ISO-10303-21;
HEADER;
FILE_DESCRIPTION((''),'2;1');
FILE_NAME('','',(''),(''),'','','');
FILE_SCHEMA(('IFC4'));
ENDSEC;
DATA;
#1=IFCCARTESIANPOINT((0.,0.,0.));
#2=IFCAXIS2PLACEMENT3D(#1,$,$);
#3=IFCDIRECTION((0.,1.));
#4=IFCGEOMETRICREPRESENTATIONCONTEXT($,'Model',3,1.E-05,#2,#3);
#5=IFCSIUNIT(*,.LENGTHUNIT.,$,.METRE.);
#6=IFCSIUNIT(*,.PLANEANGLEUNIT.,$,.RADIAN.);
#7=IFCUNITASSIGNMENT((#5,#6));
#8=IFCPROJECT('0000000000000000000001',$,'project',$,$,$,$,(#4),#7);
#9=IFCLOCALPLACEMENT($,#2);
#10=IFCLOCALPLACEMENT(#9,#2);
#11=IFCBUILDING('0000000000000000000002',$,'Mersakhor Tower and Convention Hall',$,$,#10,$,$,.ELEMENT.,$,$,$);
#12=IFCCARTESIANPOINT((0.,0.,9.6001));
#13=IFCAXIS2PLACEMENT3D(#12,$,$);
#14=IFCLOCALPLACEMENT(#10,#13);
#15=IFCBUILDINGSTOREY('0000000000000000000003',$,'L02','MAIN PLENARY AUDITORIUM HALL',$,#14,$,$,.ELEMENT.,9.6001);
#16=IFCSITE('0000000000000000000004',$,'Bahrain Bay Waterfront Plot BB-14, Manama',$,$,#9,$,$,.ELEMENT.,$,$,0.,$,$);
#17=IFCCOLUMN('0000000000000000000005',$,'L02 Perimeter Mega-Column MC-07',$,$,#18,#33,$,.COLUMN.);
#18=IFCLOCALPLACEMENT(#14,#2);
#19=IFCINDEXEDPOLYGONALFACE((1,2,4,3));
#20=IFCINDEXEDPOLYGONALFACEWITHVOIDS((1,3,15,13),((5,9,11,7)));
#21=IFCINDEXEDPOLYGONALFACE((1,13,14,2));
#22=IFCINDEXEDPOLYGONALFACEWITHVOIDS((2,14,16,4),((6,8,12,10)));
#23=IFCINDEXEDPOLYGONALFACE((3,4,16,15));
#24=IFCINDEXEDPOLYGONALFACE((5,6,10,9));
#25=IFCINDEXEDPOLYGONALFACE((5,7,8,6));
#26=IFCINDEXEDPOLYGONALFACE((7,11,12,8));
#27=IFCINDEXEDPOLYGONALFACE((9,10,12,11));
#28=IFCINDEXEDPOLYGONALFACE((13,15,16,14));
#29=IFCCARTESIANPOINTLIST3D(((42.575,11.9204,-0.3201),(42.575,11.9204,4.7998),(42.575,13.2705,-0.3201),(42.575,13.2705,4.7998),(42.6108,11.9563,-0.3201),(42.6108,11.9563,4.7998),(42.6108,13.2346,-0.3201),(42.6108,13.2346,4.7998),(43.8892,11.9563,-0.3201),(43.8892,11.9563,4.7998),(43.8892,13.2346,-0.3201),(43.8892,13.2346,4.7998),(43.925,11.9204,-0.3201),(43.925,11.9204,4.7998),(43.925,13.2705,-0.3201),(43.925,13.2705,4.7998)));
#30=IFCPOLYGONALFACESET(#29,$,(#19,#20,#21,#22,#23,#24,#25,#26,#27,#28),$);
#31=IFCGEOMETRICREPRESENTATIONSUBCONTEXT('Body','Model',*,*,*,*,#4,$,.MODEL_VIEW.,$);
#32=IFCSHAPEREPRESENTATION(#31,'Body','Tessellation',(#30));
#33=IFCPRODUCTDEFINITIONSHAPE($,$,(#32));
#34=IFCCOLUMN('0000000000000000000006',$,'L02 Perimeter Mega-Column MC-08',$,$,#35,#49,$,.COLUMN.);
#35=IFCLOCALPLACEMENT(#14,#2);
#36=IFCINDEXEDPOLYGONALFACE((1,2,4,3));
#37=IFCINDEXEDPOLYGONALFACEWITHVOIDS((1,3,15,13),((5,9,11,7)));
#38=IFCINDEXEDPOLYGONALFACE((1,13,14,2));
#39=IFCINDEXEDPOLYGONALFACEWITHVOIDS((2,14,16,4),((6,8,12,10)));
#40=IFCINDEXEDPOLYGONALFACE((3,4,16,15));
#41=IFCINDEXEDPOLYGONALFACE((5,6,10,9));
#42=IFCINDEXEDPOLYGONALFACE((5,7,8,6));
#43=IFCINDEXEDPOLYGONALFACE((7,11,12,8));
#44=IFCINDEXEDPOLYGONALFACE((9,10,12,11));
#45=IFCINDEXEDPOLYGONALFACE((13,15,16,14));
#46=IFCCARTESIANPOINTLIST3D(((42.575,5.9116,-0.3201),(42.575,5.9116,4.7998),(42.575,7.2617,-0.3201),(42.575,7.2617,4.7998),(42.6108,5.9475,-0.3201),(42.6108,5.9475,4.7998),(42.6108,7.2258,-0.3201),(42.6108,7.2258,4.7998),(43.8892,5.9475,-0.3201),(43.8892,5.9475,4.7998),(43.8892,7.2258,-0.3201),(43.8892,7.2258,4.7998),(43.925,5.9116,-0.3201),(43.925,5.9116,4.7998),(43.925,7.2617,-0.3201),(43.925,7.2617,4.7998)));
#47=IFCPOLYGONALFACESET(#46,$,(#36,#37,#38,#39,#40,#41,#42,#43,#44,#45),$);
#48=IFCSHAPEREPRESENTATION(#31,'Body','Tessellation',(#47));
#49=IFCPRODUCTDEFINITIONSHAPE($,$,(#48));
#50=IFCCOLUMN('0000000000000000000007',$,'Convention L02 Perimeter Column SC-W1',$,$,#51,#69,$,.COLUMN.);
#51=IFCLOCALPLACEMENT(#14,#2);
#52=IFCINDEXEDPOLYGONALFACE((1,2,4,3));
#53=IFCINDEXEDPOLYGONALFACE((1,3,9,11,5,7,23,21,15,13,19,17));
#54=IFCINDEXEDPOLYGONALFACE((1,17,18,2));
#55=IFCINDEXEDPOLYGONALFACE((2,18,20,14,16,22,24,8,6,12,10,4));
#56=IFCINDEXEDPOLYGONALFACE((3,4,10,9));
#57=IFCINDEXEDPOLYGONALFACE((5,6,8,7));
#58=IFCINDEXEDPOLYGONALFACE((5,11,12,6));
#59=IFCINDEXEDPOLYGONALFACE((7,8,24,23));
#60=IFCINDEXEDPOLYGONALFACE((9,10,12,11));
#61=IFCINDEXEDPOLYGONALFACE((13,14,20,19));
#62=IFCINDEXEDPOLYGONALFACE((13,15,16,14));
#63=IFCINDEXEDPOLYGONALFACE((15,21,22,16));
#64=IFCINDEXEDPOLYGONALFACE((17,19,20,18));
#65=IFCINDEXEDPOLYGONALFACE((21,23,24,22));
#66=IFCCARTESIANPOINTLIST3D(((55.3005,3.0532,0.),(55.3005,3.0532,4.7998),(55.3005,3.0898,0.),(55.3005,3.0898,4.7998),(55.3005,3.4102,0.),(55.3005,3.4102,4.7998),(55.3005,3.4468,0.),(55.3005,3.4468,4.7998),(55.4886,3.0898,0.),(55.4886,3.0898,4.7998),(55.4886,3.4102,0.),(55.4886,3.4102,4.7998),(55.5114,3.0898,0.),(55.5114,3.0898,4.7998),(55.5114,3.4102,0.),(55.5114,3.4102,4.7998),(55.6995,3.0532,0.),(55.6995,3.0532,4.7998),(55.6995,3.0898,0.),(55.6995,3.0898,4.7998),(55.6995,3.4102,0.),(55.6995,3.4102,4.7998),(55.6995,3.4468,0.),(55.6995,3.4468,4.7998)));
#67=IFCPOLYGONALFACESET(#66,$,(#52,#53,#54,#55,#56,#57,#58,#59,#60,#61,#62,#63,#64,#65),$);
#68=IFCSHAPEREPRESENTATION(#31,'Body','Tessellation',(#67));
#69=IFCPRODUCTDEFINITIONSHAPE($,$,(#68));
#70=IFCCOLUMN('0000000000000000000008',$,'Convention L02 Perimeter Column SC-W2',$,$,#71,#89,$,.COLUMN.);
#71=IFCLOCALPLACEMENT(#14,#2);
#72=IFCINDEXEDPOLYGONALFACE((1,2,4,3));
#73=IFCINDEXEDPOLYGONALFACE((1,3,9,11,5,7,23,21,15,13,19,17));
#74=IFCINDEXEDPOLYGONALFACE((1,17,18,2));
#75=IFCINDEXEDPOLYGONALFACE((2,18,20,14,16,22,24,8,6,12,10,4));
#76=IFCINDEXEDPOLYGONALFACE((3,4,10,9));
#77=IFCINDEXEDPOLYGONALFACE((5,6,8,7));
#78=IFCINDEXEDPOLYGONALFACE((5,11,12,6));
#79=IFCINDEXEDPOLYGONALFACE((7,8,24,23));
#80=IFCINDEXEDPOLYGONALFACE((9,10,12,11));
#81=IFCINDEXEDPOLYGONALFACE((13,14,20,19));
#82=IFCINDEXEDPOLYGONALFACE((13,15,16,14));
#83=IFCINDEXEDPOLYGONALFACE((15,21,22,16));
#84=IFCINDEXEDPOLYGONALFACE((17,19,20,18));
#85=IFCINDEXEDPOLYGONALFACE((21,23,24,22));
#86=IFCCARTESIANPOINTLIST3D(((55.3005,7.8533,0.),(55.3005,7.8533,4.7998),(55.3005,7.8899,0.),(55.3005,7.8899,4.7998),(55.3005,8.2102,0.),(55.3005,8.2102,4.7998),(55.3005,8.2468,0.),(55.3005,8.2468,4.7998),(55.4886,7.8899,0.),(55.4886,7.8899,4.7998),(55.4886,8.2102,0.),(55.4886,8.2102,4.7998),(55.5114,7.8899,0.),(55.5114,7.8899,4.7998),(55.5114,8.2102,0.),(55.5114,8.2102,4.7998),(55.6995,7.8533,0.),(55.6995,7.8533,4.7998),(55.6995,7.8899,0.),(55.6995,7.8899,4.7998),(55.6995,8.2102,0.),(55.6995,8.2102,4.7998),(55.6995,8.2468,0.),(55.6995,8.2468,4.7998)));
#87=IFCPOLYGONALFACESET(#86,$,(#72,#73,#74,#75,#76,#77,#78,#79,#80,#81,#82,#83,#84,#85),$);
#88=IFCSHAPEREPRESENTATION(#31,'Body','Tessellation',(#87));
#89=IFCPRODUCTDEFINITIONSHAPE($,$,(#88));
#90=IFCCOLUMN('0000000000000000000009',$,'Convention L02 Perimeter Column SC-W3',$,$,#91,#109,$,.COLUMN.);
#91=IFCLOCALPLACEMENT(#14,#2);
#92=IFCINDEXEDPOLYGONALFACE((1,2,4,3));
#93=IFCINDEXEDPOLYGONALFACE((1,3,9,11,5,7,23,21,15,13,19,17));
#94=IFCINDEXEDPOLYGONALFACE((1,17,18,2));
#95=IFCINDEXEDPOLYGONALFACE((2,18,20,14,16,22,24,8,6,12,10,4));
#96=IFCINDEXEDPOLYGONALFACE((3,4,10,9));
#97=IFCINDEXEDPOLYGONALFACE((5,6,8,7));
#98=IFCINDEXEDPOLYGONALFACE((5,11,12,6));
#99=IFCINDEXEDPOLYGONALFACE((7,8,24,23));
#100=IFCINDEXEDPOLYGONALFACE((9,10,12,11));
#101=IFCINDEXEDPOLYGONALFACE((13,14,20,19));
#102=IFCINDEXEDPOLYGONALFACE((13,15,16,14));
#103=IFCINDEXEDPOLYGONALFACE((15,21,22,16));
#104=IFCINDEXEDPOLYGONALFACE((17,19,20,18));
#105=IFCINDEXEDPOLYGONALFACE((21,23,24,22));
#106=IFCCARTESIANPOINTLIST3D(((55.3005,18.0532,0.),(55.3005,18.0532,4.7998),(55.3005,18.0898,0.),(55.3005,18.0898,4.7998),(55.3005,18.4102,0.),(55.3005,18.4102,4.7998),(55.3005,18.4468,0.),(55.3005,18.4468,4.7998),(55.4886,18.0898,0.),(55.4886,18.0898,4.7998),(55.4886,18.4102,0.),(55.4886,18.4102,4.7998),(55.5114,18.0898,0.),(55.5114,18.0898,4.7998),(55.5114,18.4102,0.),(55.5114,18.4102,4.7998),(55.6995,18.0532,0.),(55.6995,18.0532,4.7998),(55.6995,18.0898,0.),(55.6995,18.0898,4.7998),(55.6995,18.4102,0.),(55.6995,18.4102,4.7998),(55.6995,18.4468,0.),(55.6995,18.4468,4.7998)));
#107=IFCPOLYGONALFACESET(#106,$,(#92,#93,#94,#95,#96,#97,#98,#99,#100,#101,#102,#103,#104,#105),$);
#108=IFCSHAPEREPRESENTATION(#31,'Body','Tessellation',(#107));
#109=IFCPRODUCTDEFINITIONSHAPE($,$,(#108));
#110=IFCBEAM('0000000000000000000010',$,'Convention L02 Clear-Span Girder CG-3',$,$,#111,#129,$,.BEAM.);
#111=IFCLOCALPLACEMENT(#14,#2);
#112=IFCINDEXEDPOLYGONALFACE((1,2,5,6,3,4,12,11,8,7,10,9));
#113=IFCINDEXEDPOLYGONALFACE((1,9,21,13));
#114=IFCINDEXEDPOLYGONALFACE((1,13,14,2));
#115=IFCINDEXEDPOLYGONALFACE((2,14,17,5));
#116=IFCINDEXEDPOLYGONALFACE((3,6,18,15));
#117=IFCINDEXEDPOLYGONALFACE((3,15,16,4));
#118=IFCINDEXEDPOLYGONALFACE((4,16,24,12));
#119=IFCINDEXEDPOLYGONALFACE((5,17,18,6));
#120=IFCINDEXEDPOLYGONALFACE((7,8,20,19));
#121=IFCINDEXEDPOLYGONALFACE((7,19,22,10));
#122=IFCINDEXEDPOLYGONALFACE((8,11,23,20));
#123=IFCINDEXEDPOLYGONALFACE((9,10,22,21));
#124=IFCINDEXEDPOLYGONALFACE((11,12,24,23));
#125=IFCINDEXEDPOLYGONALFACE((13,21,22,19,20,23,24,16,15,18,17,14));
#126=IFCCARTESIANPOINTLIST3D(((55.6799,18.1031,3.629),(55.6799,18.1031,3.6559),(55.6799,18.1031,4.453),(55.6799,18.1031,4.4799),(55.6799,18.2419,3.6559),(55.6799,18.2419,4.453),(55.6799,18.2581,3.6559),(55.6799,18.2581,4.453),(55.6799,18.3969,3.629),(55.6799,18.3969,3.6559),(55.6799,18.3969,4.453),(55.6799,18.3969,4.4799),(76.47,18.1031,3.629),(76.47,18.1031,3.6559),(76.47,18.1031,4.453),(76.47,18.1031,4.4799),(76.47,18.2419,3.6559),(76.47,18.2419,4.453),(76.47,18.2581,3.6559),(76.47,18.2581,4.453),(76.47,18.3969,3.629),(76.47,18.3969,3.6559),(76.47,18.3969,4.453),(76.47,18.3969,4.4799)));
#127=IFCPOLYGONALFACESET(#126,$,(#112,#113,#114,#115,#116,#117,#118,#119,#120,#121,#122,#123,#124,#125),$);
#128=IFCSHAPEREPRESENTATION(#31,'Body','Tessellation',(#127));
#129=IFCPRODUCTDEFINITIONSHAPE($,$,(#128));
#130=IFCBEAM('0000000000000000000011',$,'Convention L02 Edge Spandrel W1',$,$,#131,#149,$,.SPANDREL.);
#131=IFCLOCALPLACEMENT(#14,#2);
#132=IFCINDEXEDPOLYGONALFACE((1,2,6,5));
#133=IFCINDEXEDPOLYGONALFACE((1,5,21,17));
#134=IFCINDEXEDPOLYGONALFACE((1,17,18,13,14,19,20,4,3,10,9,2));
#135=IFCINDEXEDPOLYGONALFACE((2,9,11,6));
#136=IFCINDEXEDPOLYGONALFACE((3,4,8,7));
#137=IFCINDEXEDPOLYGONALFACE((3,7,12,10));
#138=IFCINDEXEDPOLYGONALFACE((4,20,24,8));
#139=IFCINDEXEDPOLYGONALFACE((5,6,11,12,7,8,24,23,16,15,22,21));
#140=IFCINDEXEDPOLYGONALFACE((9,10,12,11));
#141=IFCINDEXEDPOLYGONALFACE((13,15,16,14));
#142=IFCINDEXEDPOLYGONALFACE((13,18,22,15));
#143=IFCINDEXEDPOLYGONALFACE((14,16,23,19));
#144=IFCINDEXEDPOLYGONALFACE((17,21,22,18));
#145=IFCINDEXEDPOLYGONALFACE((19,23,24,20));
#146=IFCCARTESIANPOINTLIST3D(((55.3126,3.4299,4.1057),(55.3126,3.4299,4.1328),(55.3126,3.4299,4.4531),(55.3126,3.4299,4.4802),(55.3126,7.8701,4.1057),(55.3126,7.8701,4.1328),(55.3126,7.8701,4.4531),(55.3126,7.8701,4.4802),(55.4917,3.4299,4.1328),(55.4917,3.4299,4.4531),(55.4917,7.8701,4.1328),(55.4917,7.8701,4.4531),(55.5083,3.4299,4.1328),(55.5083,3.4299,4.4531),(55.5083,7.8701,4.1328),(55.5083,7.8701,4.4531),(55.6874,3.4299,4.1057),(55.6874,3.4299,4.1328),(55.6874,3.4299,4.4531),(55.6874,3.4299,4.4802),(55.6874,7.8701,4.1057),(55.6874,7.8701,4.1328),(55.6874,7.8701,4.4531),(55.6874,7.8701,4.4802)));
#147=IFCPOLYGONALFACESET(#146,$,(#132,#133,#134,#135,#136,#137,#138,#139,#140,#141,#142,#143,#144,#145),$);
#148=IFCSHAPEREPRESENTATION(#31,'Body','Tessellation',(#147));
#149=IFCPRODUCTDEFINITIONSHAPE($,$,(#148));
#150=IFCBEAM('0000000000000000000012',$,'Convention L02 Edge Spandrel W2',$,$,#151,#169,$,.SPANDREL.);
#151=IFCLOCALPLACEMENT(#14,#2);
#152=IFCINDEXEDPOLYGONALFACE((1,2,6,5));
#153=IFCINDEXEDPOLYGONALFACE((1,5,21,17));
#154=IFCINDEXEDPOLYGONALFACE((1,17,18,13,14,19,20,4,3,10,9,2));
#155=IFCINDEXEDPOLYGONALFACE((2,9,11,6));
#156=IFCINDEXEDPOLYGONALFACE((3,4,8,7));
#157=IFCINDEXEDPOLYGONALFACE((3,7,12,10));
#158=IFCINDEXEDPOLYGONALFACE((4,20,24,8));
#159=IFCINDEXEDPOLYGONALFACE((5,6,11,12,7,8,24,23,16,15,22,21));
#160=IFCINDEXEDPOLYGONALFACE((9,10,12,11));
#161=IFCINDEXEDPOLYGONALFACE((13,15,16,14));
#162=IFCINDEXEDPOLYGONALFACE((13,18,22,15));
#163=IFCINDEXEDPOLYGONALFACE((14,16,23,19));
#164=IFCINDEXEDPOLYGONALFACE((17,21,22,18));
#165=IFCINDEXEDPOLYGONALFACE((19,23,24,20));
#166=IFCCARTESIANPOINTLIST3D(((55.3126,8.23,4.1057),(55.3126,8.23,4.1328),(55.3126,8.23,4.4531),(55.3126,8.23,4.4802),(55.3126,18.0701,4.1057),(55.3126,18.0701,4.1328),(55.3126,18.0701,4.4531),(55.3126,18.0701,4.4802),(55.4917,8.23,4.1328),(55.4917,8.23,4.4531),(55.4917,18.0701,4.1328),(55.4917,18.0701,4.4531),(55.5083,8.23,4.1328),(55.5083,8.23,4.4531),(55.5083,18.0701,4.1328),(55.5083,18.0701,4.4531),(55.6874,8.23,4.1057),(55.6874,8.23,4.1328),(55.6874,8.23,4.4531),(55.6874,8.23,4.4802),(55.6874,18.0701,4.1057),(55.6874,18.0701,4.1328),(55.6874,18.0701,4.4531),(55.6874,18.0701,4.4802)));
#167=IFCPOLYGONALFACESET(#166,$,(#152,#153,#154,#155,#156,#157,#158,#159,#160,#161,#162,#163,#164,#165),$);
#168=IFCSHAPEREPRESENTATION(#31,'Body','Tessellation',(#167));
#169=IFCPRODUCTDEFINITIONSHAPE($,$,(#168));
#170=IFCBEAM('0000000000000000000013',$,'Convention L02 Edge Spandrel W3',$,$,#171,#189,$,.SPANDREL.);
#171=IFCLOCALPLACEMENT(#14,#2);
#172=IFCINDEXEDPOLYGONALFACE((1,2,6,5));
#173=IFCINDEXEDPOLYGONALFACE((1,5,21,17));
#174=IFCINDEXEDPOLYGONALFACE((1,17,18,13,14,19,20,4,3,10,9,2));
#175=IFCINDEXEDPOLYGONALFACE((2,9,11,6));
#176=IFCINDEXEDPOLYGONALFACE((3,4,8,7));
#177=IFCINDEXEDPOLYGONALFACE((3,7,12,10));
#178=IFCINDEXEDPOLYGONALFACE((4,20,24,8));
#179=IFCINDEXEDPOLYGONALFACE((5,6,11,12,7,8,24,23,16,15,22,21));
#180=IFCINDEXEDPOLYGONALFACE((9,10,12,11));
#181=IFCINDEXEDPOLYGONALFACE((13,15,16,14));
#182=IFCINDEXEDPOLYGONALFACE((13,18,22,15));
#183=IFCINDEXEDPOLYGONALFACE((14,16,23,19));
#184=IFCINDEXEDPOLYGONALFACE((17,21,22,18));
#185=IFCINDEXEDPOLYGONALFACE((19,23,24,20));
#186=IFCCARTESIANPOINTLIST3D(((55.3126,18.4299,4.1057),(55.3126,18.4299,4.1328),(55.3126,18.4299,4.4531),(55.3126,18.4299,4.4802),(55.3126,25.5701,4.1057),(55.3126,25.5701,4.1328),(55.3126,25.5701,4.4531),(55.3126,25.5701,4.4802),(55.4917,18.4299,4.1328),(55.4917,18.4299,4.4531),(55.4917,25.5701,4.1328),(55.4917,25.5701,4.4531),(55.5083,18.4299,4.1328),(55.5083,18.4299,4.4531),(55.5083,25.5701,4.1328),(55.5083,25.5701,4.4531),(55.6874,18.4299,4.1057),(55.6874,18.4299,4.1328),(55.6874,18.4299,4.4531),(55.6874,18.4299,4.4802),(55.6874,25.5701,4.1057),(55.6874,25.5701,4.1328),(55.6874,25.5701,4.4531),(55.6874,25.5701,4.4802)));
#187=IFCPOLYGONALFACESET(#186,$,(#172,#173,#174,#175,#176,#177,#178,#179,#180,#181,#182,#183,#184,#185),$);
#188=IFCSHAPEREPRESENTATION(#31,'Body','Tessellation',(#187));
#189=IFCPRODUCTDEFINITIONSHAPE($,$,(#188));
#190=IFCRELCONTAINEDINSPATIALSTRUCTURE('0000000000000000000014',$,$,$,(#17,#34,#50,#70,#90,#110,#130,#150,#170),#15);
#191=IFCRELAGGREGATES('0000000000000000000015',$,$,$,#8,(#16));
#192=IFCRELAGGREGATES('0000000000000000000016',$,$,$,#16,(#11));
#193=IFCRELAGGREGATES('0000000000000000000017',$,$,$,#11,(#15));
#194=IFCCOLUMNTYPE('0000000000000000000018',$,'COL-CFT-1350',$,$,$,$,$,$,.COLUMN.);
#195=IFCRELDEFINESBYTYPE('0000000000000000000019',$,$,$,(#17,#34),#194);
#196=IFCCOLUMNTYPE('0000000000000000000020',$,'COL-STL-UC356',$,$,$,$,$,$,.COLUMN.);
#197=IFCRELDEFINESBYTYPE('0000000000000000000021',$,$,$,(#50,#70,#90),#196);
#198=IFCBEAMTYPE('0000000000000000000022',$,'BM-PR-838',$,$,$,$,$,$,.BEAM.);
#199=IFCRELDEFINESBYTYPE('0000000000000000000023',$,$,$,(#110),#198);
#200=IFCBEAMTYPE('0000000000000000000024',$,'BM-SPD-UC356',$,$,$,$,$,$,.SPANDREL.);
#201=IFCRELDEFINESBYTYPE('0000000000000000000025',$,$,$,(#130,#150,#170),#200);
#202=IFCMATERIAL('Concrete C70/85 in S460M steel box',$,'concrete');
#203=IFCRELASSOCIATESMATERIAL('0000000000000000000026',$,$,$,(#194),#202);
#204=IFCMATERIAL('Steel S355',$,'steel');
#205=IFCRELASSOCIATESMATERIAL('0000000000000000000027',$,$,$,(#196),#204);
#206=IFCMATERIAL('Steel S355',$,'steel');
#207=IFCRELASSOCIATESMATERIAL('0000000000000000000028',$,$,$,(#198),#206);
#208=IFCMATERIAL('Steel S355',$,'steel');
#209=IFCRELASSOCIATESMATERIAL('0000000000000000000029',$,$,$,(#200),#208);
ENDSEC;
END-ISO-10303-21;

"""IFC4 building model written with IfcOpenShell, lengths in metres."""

from ifc_helpers import new_model, si_unit, direction, frame, origin, origin_2d, place, context, subcontext, project, spatial, hollow_rectangle, i_section, extrude, material, material_profile, profile_set, type_object, element, save


model = new_model("IFC4")

# Units and contexts
model_context = context("Model", 3, precision=1e-05, world=origin(), true_north=direction((0.0, 1.0)))
body_context = subcontext(model_context, "Body", "Model", "MODEL_VIEW")
ifc_project = project(units=[si_unit("LENGTHUNIT", "METRE"), si_unit("PLANEANGLEUNIT", "RADIAN")], contexts=[model_context])

# Site, building, storey
site_placement = place(None, origin())
site = spatial("IfcSite", under=ifc_project, at=site_placement, Name="Bahrain Bay Waterfront Plot BB-14, Manama", CompositionType="ELEMENT", RefElevation=0.0)
building_placement = place(site_placement, origin())
building = spatial("IfcBuilding", under=site, at=building_placement, Name="Mersakhor Tower and Convention Hall", CompositionType="ELEMENT")
storey_placement = place(building_placement, frame((0.0, 0.0, 9.6001)))
storey = spatial("IfcBuildingStorey", under=building, at=storey_placement, Name="L02", Description="MAIN PLENARY AUDITORIUM HALL", CompositionType="ELEMENT", Elevation=9.6001)

# Columns
ifc_material_1 = material(Name="Concrete C70/85 in S460M steel box", Category="concrete")
ifc_material_profile_1 = material_profile(ifc_material_1, hollow_rectangle(XDim=1.3501, YDim=1.3501, WallThickness=0.0359, at=origin_2d()), Name="SHS 1350x1350x36")
ifc_profile_set_1 = profile_set([ifc_material_profile_1], Name="Concrete C70/85 in S460M steel box")
column_type_1 = type_object("IfcColumnType", Name="COL-CFT-1350", PredefinedType="COLUMN", material=ifc_profile_set_1)
for number, where, z_axis, x_axis, name in (
    (1, (43.25, 12.5955, -0.3201), (0.0, 0.0, 1.0), (1.0, 0.0, 0.0), "L02 Perimeter Mega-Column MC-07"),
    (2, (43.25, 6.5867, -0.3201), (0.0, 0.0, 1.0), (1.0, 0.0, 0.0), "L02 Perimeter Mega-Column MC-08"),
):
    element("IfcColumn", number, at=place(storey_placement, frame(where, z_axis=z_axis, x_axis=x_axis)), inside=storey, type_object=column_type_1, Name=name, PredefinedType="COLUMN", context=body_context, shape_type="SweptSolid", body=[
        extrude(hollow_rectangle(XDim=1.3501, YDim=1.3501, WallThickness=0.0359, at=origin_2d()), origin(), (0.0, 0.0, 1.0), 5.1199),
    ])
ifc_material_2 = material(Name="Steel S355", Category="steel")
ifc_material_profile_2 = material_profile(ifc_material_2, i_section(OverallWidth=0.3989, OverallDepth=0.3936, WebThickness=0.0227, FlangeThickness=0.0366, at=origin_2d()), Name="UC 356x406x287")
ifc_profile_set_2 = profile_set([ifc_material_profile_2], Name="Steel S355")
column_type_2 = type_object("IfcColumnType", Name="COL-STL-UC356", PredefinedType="COLUMN", material=ifc_profile_set_2)
for number, where, z_axis, x_axis, name in (
    (3, (55.5, 3.25, 0.0), (0.0, 0.0, 1.0), (1.0, 0.0, 0.0), "Convention L02 Perimeter Column SC-W1"),
    (4, (55.5, 8.05, 0.0), (0.0, 0.0, 1.0), (1.0, 0.0, 0.0), "Convention L02 Perimeter Column SC-W2"),
    (5, (55.5, 18.25, 0.0), (0.0, 0.0, 1.0), (1.0, 0.0, 0.0), "Convention L02 Perimeter Column SC-W3"),
):
    element("IfcColumn", number, at=place(storey_placement, frame(where, z_axis=z_axis, x_axis=x_axis)), inside=storey, type_object=column_type_2, Name=name, PredefinedType="COLUMN", context=body_context, shape_type="SweptSolid", body=[
        extrude(i_section(OverallWidth=0.3989, OverallDepth=0.3936, WebThickness=0.0227, FlangeThickness=0.0366, at=origin_2d()), origin(), (0.0, 0.0, 1.0), 4.7998),
    ])

# Beams
ifc_material_3 = material(Name="Steel S355", Category="steel")
ifc_material_profile_3 = material_profile(ifc_material_3, i_section(OverallWidth=0.2937, OverallDepth=0.8508, WebThickness=0.0161, FlangeThickness=0.0269, at=origin_2d()), Name="UB 838x292x226")
ifc_profile_set_3 = profile_set([ifc_material_profile_3], Name="Steel S355")
beam_type_1 = type_object("IfcBeamType", Name="BM-PR-838", PredefinedType="BEAM", material=ifc_profile_set_3)
beam_1_placement = place(storey_placement, frame((55.6799, 18.25, 4.0544), z_axis=(1.0, 0.0, 0.0), x_axis=(0.0, 1.0, 0.0)))
element("IfcBeam", 6, at=beam_1_placement, inside=storey, type_object=beam_type_1, Name="Convention L02 Clear-Span Girder CG-3", PredefinedType="BEAM", context=body_context, shape_type="SweptSolid", body=[
    extrude(i_section(OverallWidth=0.2937, OverallDepth=0.8508, WebThickness=0.0161, FlangeThickness=0.0269, at=origin_2d()), origin(), (0.0, 0.0, 1.0), 20.79),
])
ifc_material_4 = material(Name="Steel S355", Category="steel")
ifc_material_profile_4 = material_profile(ifc_material_4, i_section(OverallWidth=0.3748, OverallDepth=0.3745, WebThickness=0.0166, FlangeThickness=0.0271, at=origin_2d()), Name="UC 356x368x202")
ifc_profile_set_4 = profile_set([ifc_material_profile_4], Name="Steel S355")
beam_type_2 = type_object("IfcBeamType", Name="BM-SPD-UC356", PredefinedType="SPANDREL", material=ifc_profile_set_4)
beam_2_placement = place(storey_placement, frame((55.5, 3.4299, 4.293), z_axis=(0.0, 1.0, 0.0), x_axis=(-1.0, 0.0, 0.0)))
element("IfcBeam", 7, at=beam_2_placement, inside=storey, type_object=beam_type_2, Name="Convention L02 Edge Spandrel W1", PredefinedType="SPANDREL", context=body_context, shape_type="SweptSolid", body=[
    extrude(i_section(OverallWidth=0.3748, OverallDepth=0.3745, WebThickness=0.0166, FlangeThickness=0.0271, at=origin_2d()), origin(), (0.0, 0.0, 1.0), 4.4402),
])
beam_3_placement = place(storey_placement, frame((55.5, 8.23, 4.293), z_axis=(0.0, 1.0, 0.0), x_axis=(-1.0, 0.0, 0.0)))
element("IfcBeam", 8, at=beam_3_placement, inside=storey, type_object=beam_type_2, Name="Convention L02 Edge Spandrel W2", PredefinedType="SPANDREL", context=body_context, shape_type="SweptSolid", body=[
    extrude(i_section(OverallWidth=0.3748, OverallDepth=0.3745, WebThickness=0.0166, FlangeThickness=0.0271, at=origin_2d()), origin(), (0.0, 0.0, 1.0), 9.8401),
])
beam_4_placement = place(storey_placement, frame((55.5, 18.4299, 4.293), z_axis=(0.0, 1.0, 0.0), x_axis=(-1.0, 0.0, 0.0)))
element("IfcBeam", 9, at=beam_4_placement, inside=storey, type_object=beam_type_2, Name="Convention L02 Edge Spandrel W3", PredefinedType="SPANDREL", context=body_context, shape_type="SweptSolid", body=[
    extrude(i_section(OverallWidth=0.3748, OverallDepth=0.3745, WebThickness=0.0166, FlangeThickness=0.0271, at=origin_2d()), origin(), (0.0, 0.0, 1.0), 7.1401),
])

save(model, "model.ifc")
